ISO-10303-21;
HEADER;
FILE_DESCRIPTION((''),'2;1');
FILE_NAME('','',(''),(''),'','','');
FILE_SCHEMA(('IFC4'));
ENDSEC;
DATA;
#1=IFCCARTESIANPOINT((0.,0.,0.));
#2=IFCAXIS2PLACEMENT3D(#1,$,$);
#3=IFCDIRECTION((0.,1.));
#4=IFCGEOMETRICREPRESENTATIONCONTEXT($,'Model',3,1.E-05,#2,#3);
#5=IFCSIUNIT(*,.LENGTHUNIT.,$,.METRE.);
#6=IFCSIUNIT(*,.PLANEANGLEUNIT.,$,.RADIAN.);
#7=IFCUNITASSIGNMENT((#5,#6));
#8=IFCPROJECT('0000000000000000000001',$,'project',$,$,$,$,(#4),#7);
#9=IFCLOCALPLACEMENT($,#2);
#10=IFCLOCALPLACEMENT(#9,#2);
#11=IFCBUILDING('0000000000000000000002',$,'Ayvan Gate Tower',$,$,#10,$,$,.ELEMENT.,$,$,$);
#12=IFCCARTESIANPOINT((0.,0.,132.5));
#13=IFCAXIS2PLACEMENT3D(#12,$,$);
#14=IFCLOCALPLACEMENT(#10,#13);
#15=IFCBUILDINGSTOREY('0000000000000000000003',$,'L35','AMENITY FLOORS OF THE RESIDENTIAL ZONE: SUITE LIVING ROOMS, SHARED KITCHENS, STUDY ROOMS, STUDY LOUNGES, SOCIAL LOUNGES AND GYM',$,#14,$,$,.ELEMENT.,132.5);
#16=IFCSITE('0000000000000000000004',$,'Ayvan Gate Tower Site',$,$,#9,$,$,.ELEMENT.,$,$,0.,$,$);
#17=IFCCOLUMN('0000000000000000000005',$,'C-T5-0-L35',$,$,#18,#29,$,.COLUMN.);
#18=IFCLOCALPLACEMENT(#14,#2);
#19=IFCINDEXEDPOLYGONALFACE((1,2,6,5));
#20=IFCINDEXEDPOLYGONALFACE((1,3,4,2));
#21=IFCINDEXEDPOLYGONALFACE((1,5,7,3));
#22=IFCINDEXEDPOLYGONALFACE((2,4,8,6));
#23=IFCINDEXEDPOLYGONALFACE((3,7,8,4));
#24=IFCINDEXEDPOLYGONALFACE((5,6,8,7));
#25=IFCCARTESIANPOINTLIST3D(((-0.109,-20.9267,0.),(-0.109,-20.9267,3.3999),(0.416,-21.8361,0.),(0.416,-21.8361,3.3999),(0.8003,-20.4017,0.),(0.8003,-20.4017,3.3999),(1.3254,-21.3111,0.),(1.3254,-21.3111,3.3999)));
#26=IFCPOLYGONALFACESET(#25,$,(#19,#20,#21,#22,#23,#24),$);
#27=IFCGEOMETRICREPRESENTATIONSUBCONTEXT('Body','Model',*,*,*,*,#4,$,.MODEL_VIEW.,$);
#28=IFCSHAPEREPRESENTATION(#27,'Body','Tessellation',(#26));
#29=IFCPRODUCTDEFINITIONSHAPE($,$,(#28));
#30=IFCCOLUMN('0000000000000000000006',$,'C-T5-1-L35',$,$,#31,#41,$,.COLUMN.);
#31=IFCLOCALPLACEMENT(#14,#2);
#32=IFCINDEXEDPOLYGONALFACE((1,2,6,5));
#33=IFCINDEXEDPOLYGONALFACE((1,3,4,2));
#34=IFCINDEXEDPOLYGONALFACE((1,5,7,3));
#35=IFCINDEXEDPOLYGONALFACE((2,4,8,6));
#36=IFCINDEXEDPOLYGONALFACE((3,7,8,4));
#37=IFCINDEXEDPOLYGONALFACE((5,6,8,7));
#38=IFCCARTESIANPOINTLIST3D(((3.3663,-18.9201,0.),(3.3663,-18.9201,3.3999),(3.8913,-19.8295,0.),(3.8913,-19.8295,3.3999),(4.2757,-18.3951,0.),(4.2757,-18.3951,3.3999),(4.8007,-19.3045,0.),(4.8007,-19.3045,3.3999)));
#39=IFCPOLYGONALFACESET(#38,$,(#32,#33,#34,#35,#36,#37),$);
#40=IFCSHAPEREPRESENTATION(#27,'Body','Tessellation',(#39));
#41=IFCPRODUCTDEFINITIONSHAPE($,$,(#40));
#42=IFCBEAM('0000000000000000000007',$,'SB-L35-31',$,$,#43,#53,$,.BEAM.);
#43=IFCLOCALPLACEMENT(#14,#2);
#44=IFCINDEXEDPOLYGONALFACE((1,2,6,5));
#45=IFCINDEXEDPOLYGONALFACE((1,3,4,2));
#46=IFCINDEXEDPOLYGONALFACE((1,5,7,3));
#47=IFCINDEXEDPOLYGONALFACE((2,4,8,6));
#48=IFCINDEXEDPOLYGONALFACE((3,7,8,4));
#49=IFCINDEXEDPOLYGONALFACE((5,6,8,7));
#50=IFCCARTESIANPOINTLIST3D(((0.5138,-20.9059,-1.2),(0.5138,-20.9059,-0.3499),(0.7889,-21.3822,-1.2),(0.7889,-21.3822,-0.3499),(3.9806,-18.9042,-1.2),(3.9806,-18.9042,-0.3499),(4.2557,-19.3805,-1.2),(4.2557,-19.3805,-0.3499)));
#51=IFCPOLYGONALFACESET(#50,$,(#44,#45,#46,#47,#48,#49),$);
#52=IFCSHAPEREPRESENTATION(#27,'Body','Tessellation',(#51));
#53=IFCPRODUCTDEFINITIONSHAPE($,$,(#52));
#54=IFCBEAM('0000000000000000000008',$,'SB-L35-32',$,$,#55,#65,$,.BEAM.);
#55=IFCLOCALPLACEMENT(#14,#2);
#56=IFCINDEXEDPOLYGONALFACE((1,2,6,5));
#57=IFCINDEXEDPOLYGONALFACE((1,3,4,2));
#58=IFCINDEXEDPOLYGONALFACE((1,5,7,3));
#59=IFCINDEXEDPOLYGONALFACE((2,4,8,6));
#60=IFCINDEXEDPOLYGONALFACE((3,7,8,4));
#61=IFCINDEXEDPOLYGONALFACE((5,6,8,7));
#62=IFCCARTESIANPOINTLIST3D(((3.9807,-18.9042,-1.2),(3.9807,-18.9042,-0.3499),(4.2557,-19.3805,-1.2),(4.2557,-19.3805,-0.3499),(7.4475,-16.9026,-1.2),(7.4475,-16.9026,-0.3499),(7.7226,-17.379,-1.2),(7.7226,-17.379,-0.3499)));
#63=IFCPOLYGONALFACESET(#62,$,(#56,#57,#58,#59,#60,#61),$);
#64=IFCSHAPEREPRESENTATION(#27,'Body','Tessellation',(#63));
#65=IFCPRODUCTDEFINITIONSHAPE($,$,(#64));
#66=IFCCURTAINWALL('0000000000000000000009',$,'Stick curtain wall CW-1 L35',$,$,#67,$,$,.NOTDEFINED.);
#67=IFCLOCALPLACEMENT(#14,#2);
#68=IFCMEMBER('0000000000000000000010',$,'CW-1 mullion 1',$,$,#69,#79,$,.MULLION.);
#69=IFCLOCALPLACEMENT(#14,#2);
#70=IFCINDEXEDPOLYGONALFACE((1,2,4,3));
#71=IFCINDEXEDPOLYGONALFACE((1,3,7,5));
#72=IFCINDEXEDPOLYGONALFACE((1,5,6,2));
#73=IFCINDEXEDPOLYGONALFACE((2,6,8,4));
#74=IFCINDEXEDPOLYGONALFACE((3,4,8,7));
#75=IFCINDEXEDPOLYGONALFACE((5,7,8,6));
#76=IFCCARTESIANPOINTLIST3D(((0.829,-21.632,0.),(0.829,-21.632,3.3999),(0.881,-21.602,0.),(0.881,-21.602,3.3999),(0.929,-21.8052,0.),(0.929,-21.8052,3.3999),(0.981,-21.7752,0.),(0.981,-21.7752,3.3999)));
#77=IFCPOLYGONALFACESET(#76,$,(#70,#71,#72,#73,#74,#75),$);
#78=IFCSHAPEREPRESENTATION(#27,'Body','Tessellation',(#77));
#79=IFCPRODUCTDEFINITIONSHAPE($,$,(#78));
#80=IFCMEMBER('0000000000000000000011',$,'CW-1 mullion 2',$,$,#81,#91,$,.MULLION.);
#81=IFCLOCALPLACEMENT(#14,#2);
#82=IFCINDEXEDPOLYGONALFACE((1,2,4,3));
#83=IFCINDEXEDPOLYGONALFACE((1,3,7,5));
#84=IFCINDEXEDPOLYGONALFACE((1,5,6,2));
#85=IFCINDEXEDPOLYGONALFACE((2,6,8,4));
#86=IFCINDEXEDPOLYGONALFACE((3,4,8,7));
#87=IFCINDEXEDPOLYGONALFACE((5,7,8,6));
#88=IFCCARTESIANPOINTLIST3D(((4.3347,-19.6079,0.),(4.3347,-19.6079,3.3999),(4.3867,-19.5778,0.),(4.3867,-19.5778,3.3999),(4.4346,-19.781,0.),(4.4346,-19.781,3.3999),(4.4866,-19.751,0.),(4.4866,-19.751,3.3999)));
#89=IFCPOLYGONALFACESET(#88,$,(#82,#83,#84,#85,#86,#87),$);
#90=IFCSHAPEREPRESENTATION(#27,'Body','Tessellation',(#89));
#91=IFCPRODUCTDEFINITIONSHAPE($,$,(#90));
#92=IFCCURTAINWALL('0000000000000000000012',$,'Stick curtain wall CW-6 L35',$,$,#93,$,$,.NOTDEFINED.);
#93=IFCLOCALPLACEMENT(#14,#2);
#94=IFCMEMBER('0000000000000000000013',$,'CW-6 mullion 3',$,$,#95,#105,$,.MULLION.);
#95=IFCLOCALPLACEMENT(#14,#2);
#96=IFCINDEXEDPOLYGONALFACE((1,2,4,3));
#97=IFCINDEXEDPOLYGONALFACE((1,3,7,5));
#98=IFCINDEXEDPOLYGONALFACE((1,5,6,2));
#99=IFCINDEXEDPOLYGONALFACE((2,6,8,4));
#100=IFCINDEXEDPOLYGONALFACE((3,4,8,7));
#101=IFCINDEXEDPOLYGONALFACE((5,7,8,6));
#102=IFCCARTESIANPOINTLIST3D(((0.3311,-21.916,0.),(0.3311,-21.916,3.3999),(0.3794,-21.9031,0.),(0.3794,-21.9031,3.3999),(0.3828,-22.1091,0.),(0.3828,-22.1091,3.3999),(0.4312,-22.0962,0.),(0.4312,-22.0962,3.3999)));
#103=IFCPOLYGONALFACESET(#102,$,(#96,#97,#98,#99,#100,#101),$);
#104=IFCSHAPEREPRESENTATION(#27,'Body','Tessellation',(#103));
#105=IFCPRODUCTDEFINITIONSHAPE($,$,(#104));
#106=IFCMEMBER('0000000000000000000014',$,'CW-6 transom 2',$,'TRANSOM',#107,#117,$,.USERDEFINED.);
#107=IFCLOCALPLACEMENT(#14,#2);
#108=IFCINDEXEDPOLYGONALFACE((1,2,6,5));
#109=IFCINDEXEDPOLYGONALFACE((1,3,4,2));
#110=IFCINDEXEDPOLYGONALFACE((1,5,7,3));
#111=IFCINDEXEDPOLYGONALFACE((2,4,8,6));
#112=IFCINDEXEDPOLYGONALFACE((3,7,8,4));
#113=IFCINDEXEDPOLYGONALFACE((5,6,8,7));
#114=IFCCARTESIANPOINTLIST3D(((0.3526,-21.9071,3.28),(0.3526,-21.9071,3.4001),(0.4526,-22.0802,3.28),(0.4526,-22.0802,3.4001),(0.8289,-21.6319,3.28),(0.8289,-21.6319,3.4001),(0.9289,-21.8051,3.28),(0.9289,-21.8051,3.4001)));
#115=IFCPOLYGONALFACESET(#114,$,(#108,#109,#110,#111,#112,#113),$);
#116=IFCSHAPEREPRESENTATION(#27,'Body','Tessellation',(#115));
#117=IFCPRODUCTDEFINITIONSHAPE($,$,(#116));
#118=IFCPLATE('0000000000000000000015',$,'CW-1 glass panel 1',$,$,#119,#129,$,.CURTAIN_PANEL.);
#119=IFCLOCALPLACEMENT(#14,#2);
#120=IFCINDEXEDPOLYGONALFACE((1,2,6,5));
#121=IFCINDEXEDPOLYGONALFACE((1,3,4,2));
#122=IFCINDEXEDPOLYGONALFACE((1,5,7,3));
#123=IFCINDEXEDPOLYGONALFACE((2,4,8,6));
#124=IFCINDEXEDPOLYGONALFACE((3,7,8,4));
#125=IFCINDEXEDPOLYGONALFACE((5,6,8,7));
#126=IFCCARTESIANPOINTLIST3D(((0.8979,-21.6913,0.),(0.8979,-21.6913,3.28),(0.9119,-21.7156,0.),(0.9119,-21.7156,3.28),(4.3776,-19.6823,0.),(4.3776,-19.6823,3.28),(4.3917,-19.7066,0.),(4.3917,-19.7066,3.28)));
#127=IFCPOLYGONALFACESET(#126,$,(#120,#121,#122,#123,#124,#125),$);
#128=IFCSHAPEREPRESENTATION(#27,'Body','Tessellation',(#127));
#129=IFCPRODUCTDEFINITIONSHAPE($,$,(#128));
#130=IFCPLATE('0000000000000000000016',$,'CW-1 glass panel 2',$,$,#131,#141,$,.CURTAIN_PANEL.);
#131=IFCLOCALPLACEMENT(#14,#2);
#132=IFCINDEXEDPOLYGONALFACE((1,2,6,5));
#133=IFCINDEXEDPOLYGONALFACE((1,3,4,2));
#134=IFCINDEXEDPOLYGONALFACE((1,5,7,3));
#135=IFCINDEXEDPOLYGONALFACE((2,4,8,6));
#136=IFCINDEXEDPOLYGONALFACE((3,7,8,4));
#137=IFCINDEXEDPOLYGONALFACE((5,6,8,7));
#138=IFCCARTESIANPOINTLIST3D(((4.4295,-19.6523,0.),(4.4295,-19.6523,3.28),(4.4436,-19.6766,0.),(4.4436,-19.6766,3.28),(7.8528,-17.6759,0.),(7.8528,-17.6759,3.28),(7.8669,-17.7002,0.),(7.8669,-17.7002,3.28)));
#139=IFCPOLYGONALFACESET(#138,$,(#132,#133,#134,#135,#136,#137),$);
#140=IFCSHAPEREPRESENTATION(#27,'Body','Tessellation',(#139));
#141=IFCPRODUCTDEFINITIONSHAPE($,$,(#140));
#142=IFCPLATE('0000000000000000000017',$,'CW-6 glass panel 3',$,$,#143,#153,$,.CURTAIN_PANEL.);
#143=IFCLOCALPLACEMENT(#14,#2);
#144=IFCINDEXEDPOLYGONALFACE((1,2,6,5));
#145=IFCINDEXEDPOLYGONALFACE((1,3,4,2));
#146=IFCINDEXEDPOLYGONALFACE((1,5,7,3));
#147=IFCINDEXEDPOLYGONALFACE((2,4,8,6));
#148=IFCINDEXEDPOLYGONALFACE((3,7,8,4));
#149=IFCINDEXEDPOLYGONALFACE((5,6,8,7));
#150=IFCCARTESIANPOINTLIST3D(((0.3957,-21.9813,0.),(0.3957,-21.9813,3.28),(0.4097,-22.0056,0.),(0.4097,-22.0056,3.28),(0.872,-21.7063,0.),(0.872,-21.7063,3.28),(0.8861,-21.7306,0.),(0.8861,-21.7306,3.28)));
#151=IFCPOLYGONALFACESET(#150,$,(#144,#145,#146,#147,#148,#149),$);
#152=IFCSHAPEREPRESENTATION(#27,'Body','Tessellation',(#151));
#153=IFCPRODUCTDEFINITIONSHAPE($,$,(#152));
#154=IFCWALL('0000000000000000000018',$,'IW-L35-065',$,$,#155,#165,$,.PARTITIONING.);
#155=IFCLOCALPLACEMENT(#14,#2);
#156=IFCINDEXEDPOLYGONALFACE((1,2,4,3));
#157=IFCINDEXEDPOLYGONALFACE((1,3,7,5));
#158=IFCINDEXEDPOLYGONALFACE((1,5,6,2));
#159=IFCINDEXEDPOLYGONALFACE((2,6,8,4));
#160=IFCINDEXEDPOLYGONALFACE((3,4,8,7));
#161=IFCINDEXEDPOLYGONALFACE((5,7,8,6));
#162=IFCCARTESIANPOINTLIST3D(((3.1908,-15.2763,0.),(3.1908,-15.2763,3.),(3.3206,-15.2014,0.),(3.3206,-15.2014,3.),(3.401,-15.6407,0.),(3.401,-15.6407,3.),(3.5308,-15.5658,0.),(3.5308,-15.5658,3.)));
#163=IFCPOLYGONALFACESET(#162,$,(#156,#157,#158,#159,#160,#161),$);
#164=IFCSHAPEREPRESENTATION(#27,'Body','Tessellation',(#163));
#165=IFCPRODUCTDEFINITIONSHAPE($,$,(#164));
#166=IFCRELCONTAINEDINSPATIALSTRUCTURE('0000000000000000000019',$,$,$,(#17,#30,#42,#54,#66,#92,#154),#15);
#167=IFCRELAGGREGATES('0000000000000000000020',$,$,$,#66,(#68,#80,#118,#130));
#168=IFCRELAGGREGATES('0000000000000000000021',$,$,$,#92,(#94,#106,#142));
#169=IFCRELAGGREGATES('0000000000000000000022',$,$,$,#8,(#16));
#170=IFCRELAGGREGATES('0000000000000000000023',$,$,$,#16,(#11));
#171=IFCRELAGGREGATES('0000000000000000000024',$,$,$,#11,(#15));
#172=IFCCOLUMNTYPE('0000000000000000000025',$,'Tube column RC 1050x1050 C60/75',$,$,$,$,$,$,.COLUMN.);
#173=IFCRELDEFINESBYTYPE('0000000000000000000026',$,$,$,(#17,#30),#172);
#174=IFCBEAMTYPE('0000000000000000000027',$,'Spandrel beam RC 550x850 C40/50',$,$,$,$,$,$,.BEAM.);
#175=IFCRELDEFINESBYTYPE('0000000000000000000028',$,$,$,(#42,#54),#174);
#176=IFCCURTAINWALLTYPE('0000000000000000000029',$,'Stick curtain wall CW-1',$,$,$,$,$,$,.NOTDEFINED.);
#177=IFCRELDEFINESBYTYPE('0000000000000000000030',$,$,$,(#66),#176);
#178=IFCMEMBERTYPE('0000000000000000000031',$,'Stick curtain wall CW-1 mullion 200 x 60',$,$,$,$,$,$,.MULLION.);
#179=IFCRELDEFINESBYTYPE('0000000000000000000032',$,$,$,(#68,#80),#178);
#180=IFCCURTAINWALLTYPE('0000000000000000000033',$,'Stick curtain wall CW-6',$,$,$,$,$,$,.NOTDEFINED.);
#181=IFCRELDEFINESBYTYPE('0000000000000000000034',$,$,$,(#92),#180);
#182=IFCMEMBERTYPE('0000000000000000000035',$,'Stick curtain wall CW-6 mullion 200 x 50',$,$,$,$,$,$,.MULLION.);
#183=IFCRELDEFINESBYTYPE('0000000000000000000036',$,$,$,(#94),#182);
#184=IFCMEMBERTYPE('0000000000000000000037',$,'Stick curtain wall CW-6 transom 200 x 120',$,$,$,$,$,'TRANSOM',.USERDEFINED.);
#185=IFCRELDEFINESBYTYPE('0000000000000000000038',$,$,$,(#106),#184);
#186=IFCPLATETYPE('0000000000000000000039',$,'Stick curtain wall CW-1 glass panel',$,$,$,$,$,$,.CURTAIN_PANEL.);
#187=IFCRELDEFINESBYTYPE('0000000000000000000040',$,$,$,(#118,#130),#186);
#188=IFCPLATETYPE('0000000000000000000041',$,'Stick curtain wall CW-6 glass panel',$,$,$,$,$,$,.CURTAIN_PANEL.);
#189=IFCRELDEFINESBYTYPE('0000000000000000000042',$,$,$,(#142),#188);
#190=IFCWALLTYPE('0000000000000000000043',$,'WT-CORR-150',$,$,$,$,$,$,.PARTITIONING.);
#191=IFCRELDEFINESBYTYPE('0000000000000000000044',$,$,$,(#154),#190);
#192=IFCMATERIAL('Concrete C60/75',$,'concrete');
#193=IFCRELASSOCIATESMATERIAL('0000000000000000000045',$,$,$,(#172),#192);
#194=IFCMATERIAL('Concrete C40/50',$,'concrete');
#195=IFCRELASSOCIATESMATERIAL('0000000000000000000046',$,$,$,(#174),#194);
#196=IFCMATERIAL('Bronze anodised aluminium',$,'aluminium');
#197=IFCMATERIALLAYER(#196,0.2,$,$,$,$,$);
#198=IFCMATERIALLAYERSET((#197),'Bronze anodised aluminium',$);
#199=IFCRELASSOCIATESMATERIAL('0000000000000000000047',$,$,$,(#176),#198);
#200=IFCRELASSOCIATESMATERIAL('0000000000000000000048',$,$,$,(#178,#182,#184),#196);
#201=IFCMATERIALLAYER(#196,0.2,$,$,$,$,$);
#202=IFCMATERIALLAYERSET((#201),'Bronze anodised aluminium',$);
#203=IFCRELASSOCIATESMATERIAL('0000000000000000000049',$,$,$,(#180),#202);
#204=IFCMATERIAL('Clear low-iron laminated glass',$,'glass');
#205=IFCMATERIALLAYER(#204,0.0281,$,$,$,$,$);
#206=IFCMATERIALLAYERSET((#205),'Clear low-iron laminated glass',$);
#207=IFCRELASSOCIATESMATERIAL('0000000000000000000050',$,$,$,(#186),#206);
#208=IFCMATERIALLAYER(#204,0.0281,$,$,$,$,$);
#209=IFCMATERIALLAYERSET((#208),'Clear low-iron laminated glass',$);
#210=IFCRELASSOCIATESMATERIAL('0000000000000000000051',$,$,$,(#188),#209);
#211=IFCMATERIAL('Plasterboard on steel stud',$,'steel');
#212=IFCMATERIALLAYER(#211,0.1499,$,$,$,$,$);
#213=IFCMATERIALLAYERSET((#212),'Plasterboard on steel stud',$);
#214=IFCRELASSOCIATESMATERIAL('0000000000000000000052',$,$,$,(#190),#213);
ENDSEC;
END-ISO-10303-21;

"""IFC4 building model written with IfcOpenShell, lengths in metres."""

from ifc_helpers import new_model, si_unit, direction, frame, frame_2d, origin, origin_2d, place, context, subcontext, project, spatial, rectangle, extrude, material, layer, layer_set, material_profile, profile_set, type_object, element, aggregate, save


model = new_model("IFC4")

# Units and contexts
model_context = context("Model", 3, precision=1e-05, world=origin(), true_north=direction((0.0, 1.0)))
body_context = subcontext(model_context, "Body", "Model", "MODEL_VIEW")
ifc_project = project(units=[si_unit("LENGTHUNIT", "METRE"), si_unit("PLANEANGLEUNIT", "RADIAN")], contexts=[model_context])

# Site, building, storey
site_placement = place(None, origin())
site = spatial("IfcSite", under=ifc_project, at=site_placement, Name="Ayvan Gate Tower Site", CompositionType="ELEMENT", RefElevation=0.0)
building_placement = place(site_placement, origin())
building = spatial("IfcBuilding", under=site, at=building_placement, Name="Ayvan Gate Tower", CompositionType="ELEMENT")
storey_placement = place(building_placement, frame((0.0, 0.0, 132.5)))
storey = spatial("IfcBuildingStorey", under=building, at=storey_placement, Name="L35", Description="AMENITY FLOORS OF THE RESIDENTIAL ZONE: SUITE LIVING ROOMS, SHARED KITCHENS, STUDY ROOMS, STUDY LOUNGES, SOCIAL LOUNGES AND GYM", CompositionType="ELEMENT", Elevation=132.5)

# Columns
ifc_material_1 = material(Name="Concrete C60/75", Category="concrete")
ifc_material_profile_1 = material_profile(ifc_material_1, rectangle(XDim=1.05, YDim=1.05, at=origin_2d()), Name="RC 1050x1050")
ifc_profile_set_1 = profile_set([ifc_material_profile_1], Name="Concrete C60/75")
column_type = type_object("IfcColumnType", Name="Tube column RC 1050x1050 C60/75", PredefinedType="COLUMN", material=ifc_profile_set_1)
for number, where, z_axis, x_axis, name in (
    (1, (0.6082, -21.1189, 0.0), (0.0, 0.0, 1.0), (0.5, -0.866025, 0.0), "C-T5-0-L35"),
    (2, (4.0835, -19.1123, 0.0), (0.0, 0.0, 1.0), (0.5, -0.866025, 0.0), "C-T5-1-L35"),
):
    element("IfcColumn", number, at=place(storey_placement, frame(where, z_axis=z_axis, x_axis=x_axis)), inside=storey, type_object=column_type, Name=name, PredefinedType="COLUMN", context=body_context, shape_type="SweptSolid", body=[
        extrude(rectangle(XDim=1.05, YDim=1.05, at=origin_2d()), origin(), (0.0, 0.0, 1.0), 3.3999),
    ])

# Beams
ifc_material_2 = material(Name="Concrete C40/50", Category="concrete")
ifc_material_profile_2 = material_profile(ifc_material_2, rectangle(XDim=0.55, YDim=0.8501, at=origin_2d()), Name="RC 550x850")
ifc_profile_set_2 = profile_set([ifc_material_profile_2], Name="Concrete C40/50")
beam_type = type_object("IfcBeamType", Name="Spandrel beam RC 550x850 C40/50", PredefinedType="BEAM", material=ifc_profile_set_2)
for number, where, z_axis, x_axis, name in (
    (3, (0.6514, -21.144, -0.7749), (0.866009, 0.500029, 0.0), (-0.500029, 0.866009, 0.0), "SB-L35-31"),
    (4, (4.1182, -19.1423, -0.7749), (0.866035, 0.499983, 0.0), (-0.499983, 0.866035, 0.0), "SB-L35-32"),
):
    element("IfcBeam", number, at=place(storey_placement, frame(where, z_axis=z_axis, x_axis=x_axis)), inside=storey, type_object=beam_type, Name=name, PredefinedType="BEAM", context=body_context, shape_type="SweptSolid", body=[
        extrude(rectangle(XDim=0.55, YDim=0.8501, at=origin_2d()), origin(), (0.0, 0.0, 1.0), 4.0032),
    ])

# Curtain walls, members
ifc_material_3 = material(Name="Bronze anodised aluminium", Category="aluminium")
ifc_layer_1 = layer(ifc_material_3, 0.2)
ifc_layer_set_1 = layer_set([ifc_layer_1], Name="Bronze anodised aluminium")
curtain_wall_type_1 = type_object("IfcCurtainWallType", Name="Stick curtain wall CW-1", PredefinedType="NOTDEFINED", material=ifc_layer_set_1)
curtain_wall_1_placement = place(storey_placement, origin())
curtain_wall_1 = element("IfcCurtainWall", 5, at=curtain_wall_1_placement, inside=storey, type_object=curtain_wall_type_1, Name="Stick curtain wall CW-1 L35", PredefinedType="NOTDEFINED")
ifc_material_profile_3 = material_profile(ifc_material_3, rectangle(XDim=0.2, YDim=0.0601, at=origin_2d()), Name="Stick curtain wall CW-1 mullion 200 x 60")
ifc_profile_set_3 = profile_set([ifc_material_profile_3], Name="Bronze anodised aluminium")
member_type_1 = type_object("IfcMemberType", Name="Stick curtain wall CW-1 mullion 200 x 60", PredefinedType="MULLION", material=ifc_profile_set_3)
member_1_placement = place(storey_placement, frame((0.905, -21.7036, 0.0), z_axis=(0.0, 0.0, 1.0), x_axis=(0.5, -0.866025, 0.0)))
member_1 = element("IfcMember", 6, at=member_1_placement, type_object=member_type_1, Name="CW-1 mullion 1", PredefinedType="MULLION", context=body_context, shape_type="SweptSolid", body=[
    extrude(rectangle(XDim=0.2, YDim=0.0601, at=origin_2d()), origin(), (0.0, 0.0, 1.0), 3.3999),
])
member_2_placement = place(storey_placement, frame((4.4106, -19.6794, 0.0), z_axis=(0.0, 0.0, 1.0), x_axis=(0.5, -0.866025, 0.0)))
member_2 = element("IfcMember", 7, at=member_2_placement, type_object=member_type_1, Name="CW-1 mullion 2", PredefinedType="MULLION", context=body_context, shape_type="SweptSolid", body=[
    extrude(rectangle(XDim=0.2, YDim=0.0601, at=origin_2d()), origin(), (0.0, 0.0, 1.0), 3.3999),
])
ifc_layer_2 = layer(ifc_material_3, 0.2)
ifc_layer_set_2 = layer_set([ifc_layer_2], Name="Bronze anodised aluminium")
curtain_wall_type_2 = type_object("IfcCurtainWallType", Name="Stick curtain wall CW-6", PredefinedType="NOTDEFINED", material=ifc_layer_set_2)
curtain_wall_2_placement = place(storey_placement, origin())
curtain_wall_2 = element("IfcCurtainWall", 8, at=curtain_wall_2_placement, inside=storey, type_object=curtain_wall_type_2, Name="Stick curtain wall CW-6 L35", PredefinedType="NOTDEFINED")
ifc_material_profile_4 = material_profile(ifc_material_3, rectangle(XDim=0.2, YDim=0.05, at=origin_2d()), Name="Stick curtain wall CW-6 mullion 200 x 50")
ifc_profile_set_4 = profile_set([ifc_material_profile_4], Name="Bronze anodised aluminium")
member_type_2 = type_object("IfcMemberType", Name="Stick curtain wall CW-6 mullion 200 x 50", PredefinedType="MULLION", material=ifc_profile_set_4)
member_3_placement = place(storey_placement, frame((0.3811, -22.0061, 0.0), z_axis=(0.0, 0.0, 1.0), x_axis=(0.258819, -0.965926, 0.0)))
member_3 = element("IfcMember", 9, at=member_3_placement, type_object=member_type_2, Name="CW-6 mullion 3", PredefinedType="MULLION", context=body_context, shape_type="SweptSolid", body=[
    extrude(rectangle(XDim=0.2, YDim=0.05, at=origin_2d()), origin(), (0.0, 0.0, 1.0), 3.3999),
])
ifc_material_profile_5 = material_profile(ifc_material_3, rectangle(XDim=0.2, YDim=0.1201, at=origin_2d()), Name="Stick curtain wall CW-6 transom 200 x 120")
ifc_profile_set_5 = profile_set([ifc_material_profile_5], Name="Bronze anodised aluminium")
member_type_3 = type_object("IfcMemberType", Name="Stick curtain wall CW-6 transom 200 x 120", ElementType="TRANSOM", PredefinedType="USERDEFINED", material=ifc_profile_set_5)
member_4_placement = place(storey_placement, frame((0.4026, -21.9937, 3.3401), z_axis=(0.865912, 0.500196, 0.0), x_axis=(-0.500196, 0.865912, 0.0)))
member_4 = element("IfcMember", 10, at=member_4_placement, type_object=member_type_3, Name="CW-6 transom 2", ObjectType="TRANSOM", PredefinedType="USERDEFINED", context=body_context, shape_type="SweptSolid", body=[
    extrude(rectangle(XDim=0.2, YDim=0.1201, at=origin_2d()), origin(), (0.0, 0.0, 1.0), 0.55),
])

# Plates
ifc_material_4 = material(Name="Clear low-iron laminated glass", Category="glass")
ifc_layer_3 = layer(ifc_material_4, 0.0281)
ifc_layer_set_3 = layer_set([ifc_layer_3], Name="Clear low-iron laminated glass")
plate_type_1 = type_object("IfcPlateType", Name="Stick curtain wall CW-1 glass panel", PredefinedType="CURTAIN_PANEL", material=ifc_layer_set_3)
plate_1_placement = place(storey_placement, frame((2.6448, -20.699, 0.0), z_axis=(0.0, 0.0, 1.0), x_axis=(0.866025, 0.5, 0.0)))
plate_1 = element("IfcPlate", 11, at=plate_1_placement, type_object=plate_type_1, Name="CW-1 glass panel 1", PredefinedType="CURTAIN_PANEL", context=body_context, shape_type="SweptSolid", body=[
    extrude(rectangle(XDim=4.0181, YDim=0.0281, at=origin_2d()), origin(), (0.0, 0.0, 1.0), 3.28),
])
plate_2_placement = place(storey_placement, frame((6.1482, -18.6763, 0.0), z_axis=(0.0, 0.0, 1.0), x_axis=(0.866025, 0.5, 0.0)))
plate_2 = element("IfcPlate", 12, at=plate_2_placement, type_object=plate_type_1, Name="CW-1 glass panel 2", PredefinedType="CURTAIN_PANEL", context=body_context, shape_type="SweptSolid", body=[
    extrude(rectangle(XDim=3.9529, YDim=0.0281, at=origin_2d()), origin(), (0.0, 0.0, 1.0), 3.28),
])
aggregate(curtain_wall_1, [member_1, member_2, plate_1, plate_2])
ifc_layer_4 = layer(ifc_material_4, 0.0281)
ifc_layer_set_4 = layer_set([ifc_layer_4], Name="Clear low-iron laminated glass")
plate_type_2 = type_object("IfcPlateType", Name="Stick curtain wall CW-6 glass panel", PredefinedType="CURTAIN_PANEL", material=ifc_layer_set_4)
plate_3_placement = place(storey_placement, frame((0.6409, -21.856, 0.0), z_axis=(0.0, 0.0, 1.0), x_axis=(0.866025, 0.5, 0.0)))
plate_3 = element("IfcPlate", 13, at=plate_3_placement, type_object=plate_type_2, Name="CW-6 glass panel 3", PredefinedType="CURTAIN_PANEL", context=body_context, shape_type="SweptSolid", body=[
    extrude(rectangle(XDim=0.55, YDim=0.0281, at=origin_2d()), origin(), (0.0, 0.0, 1.0), 3.28),
])
aggregate(curtain_wall_2, [member_3, member_4, plate_3])

# Wall
ifc_material_5 = material(Name="Plasterboard on steel stud", Category="steel")
ifc_layer_5 = layer(ifc_material_5, 0.1499)
ifc_layer_set_5 = layer_set([ifc_layer_5], Name="Plasterboard on steel stud")
wall_type_1 = type_object("IfcWallType", Name="WT-CORR-150", PredefinedType="PARTITIONING", material=ifc_layer_set_5)
wall_1_placement = place(storey_placement, frame((3.2556, -15.2388, 0.0), z_axis=(0.0, 0.0, 1.0), x_axis=(0.499823, -0.866128, 0.0)))
element("IfcWall", 14, at=wall_1_placement, inside=storey, type_object=wall_type_1, Name="IW-L35-065", PredefinedType="PARTITIONING", context=body_context, shape_type="SweptSolid", body=[
    extrude(rectangle(XDim=0.4207, YDim=0.1499, at=frame_2d((0.2104, 0.0))), origin(), (0.0, 0.0, 1.0), 3.0),
])

save(model, "model.ifc")
